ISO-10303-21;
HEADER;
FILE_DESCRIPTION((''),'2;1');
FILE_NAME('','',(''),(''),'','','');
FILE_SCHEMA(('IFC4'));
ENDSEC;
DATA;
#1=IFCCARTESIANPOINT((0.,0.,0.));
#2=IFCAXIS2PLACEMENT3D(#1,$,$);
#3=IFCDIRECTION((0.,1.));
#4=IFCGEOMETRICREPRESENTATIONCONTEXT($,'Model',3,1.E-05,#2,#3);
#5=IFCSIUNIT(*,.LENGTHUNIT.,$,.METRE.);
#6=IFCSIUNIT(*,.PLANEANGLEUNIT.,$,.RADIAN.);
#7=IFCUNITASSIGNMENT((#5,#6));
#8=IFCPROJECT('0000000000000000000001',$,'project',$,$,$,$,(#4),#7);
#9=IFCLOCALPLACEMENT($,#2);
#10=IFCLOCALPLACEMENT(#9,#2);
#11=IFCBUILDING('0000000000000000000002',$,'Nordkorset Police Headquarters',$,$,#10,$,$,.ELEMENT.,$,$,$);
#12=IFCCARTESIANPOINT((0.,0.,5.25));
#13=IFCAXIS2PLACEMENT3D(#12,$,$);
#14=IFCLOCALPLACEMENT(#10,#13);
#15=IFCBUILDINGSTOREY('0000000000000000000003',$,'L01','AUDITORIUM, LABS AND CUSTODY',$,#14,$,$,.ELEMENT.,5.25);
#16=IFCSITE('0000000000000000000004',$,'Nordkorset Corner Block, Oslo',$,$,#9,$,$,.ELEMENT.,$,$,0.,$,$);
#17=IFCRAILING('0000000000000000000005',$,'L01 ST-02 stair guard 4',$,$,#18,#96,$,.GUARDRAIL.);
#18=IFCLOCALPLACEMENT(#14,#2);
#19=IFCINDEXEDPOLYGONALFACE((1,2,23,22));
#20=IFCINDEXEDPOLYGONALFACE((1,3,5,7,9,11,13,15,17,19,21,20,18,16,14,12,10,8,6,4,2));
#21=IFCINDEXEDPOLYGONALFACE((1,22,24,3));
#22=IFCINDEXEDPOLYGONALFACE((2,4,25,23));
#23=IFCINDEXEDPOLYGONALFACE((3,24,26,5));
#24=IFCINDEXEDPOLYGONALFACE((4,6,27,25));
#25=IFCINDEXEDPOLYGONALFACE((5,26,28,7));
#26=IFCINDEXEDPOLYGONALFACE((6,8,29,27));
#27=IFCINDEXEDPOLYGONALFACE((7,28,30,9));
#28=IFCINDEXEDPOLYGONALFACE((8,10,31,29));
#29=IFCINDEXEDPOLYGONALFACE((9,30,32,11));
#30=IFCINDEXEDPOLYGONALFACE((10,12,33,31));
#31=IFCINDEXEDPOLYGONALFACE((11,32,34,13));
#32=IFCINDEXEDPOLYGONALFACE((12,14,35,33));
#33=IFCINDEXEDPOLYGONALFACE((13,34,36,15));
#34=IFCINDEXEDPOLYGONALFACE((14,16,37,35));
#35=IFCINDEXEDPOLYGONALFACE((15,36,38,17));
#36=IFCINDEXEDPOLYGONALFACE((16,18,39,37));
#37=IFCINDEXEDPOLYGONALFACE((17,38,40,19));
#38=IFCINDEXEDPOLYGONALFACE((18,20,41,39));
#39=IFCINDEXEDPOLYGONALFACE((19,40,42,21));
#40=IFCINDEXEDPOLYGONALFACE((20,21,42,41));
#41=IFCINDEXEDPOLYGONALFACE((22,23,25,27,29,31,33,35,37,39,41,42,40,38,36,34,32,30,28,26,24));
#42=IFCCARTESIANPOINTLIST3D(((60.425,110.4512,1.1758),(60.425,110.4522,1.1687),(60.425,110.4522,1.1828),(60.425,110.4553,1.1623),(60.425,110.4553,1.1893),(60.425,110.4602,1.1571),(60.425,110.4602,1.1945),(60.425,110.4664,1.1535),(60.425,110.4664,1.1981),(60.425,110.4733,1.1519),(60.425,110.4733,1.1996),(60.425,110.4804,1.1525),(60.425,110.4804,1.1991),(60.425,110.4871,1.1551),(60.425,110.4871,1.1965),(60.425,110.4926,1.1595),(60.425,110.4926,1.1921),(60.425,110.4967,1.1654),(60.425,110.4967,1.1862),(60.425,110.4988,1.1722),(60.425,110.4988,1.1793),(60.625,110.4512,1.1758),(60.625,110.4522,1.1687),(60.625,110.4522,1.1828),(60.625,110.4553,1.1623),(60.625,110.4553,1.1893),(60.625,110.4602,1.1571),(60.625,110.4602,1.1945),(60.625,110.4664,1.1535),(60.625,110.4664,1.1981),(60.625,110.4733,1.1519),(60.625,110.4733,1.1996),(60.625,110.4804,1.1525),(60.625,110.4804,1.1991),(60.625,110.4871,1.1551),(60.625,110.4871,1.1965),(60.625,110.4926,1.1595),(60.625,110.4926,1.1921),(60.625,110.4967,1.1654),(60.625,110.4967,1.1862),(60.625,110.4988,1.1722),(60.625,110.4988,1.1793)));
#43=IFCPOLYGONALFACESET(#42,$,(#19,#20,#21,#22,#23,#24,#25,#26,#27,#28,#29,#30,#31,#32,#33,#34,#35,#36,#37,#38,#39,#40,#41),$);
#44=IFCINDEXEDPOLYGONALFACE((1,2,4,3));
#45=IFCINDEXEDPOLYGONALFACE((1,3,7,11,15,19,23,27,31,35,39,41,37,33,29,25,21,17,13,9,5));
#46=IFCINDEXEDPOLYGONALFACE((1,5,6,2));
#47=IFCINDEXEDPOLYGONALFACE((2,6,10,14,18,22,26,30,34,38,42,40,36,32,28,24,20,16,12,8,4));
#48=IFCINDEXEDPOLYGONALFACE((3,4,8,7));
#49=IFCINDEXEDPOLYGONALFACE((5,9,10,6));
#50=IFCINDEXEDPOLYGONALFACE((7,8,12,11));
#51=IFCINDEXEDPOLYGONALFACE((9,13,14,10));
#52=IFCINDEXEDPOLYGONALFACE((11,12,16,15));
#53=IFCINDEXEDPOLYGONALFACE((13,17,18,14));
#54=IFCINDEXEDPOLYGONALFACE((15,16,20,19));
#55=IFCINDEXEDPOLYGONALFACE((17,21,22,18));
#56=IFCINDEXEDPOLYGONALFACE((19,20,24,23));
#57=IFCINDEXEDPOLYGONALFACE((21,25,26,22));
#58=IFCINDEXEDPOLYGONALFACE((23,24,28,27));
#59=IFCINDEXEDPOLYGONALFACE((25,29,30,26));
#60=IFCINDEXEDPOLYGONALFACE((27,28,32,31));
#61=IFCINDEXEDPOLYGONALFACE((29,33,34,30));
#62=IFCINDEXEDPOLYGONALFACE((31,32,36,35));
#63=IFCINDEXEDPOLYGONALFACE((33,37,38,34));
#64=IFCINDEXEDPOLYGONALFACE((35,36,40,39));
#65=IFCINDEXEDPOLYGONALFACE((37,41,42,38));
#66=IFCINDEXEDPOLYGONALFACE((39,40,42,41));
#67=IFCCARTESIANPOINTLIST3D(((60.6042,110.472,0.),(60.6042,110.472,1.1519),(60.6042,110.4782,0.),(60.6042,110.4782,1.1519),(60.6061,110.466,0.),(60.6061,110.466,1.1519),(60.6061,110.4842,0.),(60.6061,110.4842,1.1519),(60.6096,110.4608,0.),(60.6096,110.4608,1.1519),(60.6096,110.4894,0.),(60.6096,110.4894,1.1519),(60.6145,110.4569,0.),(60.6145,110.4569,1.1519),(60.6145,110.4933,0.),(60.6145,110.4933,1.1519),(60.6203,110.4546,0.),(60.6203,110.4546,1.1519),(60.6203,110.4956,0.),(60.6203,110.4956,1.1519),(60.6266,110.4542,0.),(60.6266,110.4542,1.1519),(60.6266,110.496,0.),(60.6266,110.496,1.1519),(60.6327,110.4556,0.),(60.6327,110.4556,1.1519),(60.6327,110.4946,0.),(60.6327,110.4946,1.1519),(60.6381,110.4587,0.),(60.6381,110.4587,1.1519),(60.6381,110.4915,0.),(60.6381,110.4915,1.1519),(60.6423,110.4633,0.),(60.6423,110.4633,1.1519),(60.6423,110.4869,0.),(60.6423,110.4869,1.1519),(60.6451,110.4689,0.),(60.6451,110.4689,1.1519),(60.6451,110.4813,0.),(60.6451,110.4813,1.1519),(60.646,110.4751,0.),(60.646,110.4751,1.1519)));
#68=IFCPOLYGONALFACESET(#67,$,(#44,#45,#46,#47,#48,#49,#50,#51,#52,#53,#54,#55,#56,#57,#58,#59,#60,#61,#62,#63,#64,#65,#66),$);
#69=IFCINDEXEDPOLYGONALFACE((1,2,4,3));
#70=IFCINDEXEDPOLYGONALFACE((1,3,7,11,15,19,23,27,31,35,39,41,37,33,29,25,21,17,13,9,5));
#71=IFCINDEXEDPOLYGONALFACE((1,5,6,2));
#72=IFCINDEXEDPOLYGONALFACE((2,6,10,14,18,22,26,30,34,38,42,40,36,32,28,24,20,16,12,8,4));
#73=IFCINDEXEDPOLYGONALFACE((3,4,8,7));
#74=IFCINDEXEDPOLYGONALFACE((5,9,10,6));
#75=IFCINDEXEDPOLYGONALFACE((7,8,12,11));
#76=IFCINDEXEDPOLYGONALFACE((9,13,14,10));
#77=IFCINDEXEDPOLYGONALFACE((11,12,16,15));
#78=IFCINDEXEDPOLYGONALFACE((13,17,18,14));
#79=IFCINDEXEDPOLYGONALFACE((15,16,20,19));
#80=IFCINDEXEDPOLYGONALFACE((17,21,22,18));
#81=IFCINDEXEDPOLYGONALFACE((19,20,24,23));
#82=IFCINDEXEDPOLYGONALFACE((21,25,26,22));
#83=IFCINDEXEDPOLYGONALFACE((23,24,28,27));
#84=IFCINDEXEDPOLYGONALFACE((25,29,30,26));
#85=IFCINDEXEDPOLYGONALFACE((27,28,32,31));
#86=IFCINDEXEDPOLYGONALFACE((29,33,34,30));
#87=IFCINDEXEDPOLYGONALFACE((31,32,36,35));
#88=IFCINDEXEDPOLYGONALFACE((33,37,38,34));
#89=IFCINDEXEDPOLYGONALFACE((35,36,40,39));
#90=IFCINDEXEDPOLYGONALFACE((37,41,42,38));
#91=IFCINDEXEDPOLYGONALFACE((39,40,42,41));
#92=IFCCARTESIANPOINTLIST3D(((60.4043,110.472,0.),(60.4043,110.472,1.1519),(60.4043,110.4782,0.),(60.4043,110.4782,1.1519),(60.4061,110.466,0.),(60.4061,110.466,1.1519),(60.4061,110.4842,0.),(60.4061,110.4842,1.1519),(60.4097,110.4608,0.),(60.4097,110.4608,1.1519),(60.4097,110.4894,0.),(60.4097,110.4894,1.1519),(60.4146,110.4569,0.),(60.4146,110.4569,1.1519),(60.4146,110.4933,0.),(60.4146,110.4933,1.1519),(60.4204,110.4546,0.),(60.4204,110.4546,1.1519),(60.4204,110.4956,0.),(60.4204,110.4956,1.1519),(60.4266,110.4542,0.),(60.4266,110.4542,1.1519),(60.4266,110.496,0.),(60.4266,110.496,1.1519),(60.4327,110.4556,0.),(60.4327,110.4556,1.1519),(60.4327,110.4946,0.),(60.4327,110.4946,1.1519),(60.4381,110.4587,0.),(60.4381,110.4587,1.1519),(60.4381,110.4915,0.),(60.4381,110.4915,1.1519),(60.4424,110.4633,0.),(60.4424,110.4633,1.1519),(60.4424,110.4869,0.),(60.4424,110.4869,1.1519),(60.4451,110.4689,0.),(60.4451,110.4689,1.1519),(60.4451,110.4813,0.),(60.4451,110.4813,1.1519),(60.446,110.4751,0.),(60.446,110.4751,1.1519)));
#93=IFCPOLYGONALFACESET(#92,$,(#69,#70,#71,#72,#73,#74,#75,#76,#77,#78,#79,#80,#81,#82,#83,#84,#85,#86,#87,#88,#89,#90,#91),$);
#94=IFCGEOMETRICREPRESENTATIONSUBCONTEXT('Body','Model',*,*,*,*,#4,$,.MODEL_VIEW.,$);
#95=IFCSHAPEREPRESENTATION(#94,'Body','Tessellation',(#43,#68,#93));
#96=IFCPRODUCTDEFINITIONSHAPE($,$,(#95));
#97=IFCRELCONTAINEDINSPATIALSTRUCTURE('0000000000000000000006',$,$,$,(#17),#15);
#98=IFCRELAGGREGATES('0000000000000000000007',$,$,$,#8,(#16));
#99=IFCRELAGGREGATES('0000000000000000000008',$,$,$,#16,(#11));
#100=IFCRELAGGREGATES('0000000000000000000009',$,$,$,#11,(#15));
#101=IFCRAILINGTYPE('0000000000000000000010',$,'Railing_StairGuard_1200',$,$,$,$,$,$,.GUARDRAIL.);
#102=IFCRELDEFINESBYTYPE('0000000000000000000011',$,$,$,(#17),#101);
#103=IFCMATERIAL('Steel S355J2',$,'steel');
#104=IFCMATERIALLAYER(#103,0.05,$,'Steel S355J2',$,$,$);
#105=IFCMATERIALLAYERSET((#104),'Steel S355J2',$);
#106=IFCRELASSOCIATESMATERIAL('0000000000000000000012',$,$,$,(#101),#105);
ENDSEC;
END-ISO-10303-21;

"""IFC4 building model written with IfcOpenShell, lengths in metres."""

from ifc_helpers import new_model, si_unit, direction, frame, origin, origin_2d, place, context, subcontext, project, spatial, circle, extrude, material, layer, layer_set, type_object, element, save


model = new_model("IFC4")

# Units and contexts
model_context = context("Model", 3, precision=1e-05, world=origin(), true_north=direction((0.0, 1.0)))
body_context = subcontext(model_context, "Body", "Model", "MODEL_VIEW")
ifc_project = project(units=[si_unit("LENGTHUNIT", "METRE"), si_unit("PLANEANGLEUNIT", "RADIAN")], contexts=[model_context])

# Site, building, storey
site_placement = place(None, origin())
site = spatial("IfcSite", under=ifc_project, at=site_placement, Name="Nordkorset Corner Block, Oslo", CompositionType="ELEMENT", RefElevation=0.0)
building_placement = place(site_placement, origin())
building = spatial("IfcBuilding", under=site, at=building_placement, Name="Nordkorset Police Headquarters", CompositionType="ELEMENT")
storey_placement = place(building_placement, frame((0.0, 0.0, 5.25)))
storey = spatial("IfcBuildingStorey", under=building, at=storey_placement, Name="L01", Description="AUDITORIUM, LABS AND CUSTODY", CompositionType="ELEMENT", Elevation=5.25)

# Railing
ifc_material_1 = material(Name="Steel S355J2", Category="steel")
ifc_layer_1 = layer(ifc_material_1, 0.05, Name="Steel S355J2")
ifc_layer_set_1 = layer_set([ifc_layer_1], Name="Steel S355J2")
railing_type_1 = type_object("IfcRailingType", Name="Railing_StairGuard_1200", PredefinedType="GUARDRAIL", material=ifc_layer_set_1)
railing_1_placement = place(storey_placement, frame((60.625, 110.4751, 0.0)))
element("IfcRailing", 1, at=railing_1_placement, inside=storey, type_object=railing_type_1, Name="L01 ST-02 stair guard 4", PredefinedType="GUARDRAIL", context=body_context, shape_type="SweptSolid", body=[
    extrude(circle(Radius=0.0239, at=origin_2d()), frame((0.0, 0.0, 1.1758), z_axis=(-1.0, 0.0, 0.0), x_axis=(0.0, -1.0, 0.0)), (0.0, 0.0, 1.0), 0.2),
    extrude(circle(Radius=0.021, at=origin_2d()), origin(), (0.0, 0.0, 1.0), 1.1519),
    extrude(circle(Radius=0.021, at=origin_2d()), frame((-0.2, 0.0, 0.0)), (0.0, 0.0, 1.0), 1.1519),
])

save(model, "model.ifc")
